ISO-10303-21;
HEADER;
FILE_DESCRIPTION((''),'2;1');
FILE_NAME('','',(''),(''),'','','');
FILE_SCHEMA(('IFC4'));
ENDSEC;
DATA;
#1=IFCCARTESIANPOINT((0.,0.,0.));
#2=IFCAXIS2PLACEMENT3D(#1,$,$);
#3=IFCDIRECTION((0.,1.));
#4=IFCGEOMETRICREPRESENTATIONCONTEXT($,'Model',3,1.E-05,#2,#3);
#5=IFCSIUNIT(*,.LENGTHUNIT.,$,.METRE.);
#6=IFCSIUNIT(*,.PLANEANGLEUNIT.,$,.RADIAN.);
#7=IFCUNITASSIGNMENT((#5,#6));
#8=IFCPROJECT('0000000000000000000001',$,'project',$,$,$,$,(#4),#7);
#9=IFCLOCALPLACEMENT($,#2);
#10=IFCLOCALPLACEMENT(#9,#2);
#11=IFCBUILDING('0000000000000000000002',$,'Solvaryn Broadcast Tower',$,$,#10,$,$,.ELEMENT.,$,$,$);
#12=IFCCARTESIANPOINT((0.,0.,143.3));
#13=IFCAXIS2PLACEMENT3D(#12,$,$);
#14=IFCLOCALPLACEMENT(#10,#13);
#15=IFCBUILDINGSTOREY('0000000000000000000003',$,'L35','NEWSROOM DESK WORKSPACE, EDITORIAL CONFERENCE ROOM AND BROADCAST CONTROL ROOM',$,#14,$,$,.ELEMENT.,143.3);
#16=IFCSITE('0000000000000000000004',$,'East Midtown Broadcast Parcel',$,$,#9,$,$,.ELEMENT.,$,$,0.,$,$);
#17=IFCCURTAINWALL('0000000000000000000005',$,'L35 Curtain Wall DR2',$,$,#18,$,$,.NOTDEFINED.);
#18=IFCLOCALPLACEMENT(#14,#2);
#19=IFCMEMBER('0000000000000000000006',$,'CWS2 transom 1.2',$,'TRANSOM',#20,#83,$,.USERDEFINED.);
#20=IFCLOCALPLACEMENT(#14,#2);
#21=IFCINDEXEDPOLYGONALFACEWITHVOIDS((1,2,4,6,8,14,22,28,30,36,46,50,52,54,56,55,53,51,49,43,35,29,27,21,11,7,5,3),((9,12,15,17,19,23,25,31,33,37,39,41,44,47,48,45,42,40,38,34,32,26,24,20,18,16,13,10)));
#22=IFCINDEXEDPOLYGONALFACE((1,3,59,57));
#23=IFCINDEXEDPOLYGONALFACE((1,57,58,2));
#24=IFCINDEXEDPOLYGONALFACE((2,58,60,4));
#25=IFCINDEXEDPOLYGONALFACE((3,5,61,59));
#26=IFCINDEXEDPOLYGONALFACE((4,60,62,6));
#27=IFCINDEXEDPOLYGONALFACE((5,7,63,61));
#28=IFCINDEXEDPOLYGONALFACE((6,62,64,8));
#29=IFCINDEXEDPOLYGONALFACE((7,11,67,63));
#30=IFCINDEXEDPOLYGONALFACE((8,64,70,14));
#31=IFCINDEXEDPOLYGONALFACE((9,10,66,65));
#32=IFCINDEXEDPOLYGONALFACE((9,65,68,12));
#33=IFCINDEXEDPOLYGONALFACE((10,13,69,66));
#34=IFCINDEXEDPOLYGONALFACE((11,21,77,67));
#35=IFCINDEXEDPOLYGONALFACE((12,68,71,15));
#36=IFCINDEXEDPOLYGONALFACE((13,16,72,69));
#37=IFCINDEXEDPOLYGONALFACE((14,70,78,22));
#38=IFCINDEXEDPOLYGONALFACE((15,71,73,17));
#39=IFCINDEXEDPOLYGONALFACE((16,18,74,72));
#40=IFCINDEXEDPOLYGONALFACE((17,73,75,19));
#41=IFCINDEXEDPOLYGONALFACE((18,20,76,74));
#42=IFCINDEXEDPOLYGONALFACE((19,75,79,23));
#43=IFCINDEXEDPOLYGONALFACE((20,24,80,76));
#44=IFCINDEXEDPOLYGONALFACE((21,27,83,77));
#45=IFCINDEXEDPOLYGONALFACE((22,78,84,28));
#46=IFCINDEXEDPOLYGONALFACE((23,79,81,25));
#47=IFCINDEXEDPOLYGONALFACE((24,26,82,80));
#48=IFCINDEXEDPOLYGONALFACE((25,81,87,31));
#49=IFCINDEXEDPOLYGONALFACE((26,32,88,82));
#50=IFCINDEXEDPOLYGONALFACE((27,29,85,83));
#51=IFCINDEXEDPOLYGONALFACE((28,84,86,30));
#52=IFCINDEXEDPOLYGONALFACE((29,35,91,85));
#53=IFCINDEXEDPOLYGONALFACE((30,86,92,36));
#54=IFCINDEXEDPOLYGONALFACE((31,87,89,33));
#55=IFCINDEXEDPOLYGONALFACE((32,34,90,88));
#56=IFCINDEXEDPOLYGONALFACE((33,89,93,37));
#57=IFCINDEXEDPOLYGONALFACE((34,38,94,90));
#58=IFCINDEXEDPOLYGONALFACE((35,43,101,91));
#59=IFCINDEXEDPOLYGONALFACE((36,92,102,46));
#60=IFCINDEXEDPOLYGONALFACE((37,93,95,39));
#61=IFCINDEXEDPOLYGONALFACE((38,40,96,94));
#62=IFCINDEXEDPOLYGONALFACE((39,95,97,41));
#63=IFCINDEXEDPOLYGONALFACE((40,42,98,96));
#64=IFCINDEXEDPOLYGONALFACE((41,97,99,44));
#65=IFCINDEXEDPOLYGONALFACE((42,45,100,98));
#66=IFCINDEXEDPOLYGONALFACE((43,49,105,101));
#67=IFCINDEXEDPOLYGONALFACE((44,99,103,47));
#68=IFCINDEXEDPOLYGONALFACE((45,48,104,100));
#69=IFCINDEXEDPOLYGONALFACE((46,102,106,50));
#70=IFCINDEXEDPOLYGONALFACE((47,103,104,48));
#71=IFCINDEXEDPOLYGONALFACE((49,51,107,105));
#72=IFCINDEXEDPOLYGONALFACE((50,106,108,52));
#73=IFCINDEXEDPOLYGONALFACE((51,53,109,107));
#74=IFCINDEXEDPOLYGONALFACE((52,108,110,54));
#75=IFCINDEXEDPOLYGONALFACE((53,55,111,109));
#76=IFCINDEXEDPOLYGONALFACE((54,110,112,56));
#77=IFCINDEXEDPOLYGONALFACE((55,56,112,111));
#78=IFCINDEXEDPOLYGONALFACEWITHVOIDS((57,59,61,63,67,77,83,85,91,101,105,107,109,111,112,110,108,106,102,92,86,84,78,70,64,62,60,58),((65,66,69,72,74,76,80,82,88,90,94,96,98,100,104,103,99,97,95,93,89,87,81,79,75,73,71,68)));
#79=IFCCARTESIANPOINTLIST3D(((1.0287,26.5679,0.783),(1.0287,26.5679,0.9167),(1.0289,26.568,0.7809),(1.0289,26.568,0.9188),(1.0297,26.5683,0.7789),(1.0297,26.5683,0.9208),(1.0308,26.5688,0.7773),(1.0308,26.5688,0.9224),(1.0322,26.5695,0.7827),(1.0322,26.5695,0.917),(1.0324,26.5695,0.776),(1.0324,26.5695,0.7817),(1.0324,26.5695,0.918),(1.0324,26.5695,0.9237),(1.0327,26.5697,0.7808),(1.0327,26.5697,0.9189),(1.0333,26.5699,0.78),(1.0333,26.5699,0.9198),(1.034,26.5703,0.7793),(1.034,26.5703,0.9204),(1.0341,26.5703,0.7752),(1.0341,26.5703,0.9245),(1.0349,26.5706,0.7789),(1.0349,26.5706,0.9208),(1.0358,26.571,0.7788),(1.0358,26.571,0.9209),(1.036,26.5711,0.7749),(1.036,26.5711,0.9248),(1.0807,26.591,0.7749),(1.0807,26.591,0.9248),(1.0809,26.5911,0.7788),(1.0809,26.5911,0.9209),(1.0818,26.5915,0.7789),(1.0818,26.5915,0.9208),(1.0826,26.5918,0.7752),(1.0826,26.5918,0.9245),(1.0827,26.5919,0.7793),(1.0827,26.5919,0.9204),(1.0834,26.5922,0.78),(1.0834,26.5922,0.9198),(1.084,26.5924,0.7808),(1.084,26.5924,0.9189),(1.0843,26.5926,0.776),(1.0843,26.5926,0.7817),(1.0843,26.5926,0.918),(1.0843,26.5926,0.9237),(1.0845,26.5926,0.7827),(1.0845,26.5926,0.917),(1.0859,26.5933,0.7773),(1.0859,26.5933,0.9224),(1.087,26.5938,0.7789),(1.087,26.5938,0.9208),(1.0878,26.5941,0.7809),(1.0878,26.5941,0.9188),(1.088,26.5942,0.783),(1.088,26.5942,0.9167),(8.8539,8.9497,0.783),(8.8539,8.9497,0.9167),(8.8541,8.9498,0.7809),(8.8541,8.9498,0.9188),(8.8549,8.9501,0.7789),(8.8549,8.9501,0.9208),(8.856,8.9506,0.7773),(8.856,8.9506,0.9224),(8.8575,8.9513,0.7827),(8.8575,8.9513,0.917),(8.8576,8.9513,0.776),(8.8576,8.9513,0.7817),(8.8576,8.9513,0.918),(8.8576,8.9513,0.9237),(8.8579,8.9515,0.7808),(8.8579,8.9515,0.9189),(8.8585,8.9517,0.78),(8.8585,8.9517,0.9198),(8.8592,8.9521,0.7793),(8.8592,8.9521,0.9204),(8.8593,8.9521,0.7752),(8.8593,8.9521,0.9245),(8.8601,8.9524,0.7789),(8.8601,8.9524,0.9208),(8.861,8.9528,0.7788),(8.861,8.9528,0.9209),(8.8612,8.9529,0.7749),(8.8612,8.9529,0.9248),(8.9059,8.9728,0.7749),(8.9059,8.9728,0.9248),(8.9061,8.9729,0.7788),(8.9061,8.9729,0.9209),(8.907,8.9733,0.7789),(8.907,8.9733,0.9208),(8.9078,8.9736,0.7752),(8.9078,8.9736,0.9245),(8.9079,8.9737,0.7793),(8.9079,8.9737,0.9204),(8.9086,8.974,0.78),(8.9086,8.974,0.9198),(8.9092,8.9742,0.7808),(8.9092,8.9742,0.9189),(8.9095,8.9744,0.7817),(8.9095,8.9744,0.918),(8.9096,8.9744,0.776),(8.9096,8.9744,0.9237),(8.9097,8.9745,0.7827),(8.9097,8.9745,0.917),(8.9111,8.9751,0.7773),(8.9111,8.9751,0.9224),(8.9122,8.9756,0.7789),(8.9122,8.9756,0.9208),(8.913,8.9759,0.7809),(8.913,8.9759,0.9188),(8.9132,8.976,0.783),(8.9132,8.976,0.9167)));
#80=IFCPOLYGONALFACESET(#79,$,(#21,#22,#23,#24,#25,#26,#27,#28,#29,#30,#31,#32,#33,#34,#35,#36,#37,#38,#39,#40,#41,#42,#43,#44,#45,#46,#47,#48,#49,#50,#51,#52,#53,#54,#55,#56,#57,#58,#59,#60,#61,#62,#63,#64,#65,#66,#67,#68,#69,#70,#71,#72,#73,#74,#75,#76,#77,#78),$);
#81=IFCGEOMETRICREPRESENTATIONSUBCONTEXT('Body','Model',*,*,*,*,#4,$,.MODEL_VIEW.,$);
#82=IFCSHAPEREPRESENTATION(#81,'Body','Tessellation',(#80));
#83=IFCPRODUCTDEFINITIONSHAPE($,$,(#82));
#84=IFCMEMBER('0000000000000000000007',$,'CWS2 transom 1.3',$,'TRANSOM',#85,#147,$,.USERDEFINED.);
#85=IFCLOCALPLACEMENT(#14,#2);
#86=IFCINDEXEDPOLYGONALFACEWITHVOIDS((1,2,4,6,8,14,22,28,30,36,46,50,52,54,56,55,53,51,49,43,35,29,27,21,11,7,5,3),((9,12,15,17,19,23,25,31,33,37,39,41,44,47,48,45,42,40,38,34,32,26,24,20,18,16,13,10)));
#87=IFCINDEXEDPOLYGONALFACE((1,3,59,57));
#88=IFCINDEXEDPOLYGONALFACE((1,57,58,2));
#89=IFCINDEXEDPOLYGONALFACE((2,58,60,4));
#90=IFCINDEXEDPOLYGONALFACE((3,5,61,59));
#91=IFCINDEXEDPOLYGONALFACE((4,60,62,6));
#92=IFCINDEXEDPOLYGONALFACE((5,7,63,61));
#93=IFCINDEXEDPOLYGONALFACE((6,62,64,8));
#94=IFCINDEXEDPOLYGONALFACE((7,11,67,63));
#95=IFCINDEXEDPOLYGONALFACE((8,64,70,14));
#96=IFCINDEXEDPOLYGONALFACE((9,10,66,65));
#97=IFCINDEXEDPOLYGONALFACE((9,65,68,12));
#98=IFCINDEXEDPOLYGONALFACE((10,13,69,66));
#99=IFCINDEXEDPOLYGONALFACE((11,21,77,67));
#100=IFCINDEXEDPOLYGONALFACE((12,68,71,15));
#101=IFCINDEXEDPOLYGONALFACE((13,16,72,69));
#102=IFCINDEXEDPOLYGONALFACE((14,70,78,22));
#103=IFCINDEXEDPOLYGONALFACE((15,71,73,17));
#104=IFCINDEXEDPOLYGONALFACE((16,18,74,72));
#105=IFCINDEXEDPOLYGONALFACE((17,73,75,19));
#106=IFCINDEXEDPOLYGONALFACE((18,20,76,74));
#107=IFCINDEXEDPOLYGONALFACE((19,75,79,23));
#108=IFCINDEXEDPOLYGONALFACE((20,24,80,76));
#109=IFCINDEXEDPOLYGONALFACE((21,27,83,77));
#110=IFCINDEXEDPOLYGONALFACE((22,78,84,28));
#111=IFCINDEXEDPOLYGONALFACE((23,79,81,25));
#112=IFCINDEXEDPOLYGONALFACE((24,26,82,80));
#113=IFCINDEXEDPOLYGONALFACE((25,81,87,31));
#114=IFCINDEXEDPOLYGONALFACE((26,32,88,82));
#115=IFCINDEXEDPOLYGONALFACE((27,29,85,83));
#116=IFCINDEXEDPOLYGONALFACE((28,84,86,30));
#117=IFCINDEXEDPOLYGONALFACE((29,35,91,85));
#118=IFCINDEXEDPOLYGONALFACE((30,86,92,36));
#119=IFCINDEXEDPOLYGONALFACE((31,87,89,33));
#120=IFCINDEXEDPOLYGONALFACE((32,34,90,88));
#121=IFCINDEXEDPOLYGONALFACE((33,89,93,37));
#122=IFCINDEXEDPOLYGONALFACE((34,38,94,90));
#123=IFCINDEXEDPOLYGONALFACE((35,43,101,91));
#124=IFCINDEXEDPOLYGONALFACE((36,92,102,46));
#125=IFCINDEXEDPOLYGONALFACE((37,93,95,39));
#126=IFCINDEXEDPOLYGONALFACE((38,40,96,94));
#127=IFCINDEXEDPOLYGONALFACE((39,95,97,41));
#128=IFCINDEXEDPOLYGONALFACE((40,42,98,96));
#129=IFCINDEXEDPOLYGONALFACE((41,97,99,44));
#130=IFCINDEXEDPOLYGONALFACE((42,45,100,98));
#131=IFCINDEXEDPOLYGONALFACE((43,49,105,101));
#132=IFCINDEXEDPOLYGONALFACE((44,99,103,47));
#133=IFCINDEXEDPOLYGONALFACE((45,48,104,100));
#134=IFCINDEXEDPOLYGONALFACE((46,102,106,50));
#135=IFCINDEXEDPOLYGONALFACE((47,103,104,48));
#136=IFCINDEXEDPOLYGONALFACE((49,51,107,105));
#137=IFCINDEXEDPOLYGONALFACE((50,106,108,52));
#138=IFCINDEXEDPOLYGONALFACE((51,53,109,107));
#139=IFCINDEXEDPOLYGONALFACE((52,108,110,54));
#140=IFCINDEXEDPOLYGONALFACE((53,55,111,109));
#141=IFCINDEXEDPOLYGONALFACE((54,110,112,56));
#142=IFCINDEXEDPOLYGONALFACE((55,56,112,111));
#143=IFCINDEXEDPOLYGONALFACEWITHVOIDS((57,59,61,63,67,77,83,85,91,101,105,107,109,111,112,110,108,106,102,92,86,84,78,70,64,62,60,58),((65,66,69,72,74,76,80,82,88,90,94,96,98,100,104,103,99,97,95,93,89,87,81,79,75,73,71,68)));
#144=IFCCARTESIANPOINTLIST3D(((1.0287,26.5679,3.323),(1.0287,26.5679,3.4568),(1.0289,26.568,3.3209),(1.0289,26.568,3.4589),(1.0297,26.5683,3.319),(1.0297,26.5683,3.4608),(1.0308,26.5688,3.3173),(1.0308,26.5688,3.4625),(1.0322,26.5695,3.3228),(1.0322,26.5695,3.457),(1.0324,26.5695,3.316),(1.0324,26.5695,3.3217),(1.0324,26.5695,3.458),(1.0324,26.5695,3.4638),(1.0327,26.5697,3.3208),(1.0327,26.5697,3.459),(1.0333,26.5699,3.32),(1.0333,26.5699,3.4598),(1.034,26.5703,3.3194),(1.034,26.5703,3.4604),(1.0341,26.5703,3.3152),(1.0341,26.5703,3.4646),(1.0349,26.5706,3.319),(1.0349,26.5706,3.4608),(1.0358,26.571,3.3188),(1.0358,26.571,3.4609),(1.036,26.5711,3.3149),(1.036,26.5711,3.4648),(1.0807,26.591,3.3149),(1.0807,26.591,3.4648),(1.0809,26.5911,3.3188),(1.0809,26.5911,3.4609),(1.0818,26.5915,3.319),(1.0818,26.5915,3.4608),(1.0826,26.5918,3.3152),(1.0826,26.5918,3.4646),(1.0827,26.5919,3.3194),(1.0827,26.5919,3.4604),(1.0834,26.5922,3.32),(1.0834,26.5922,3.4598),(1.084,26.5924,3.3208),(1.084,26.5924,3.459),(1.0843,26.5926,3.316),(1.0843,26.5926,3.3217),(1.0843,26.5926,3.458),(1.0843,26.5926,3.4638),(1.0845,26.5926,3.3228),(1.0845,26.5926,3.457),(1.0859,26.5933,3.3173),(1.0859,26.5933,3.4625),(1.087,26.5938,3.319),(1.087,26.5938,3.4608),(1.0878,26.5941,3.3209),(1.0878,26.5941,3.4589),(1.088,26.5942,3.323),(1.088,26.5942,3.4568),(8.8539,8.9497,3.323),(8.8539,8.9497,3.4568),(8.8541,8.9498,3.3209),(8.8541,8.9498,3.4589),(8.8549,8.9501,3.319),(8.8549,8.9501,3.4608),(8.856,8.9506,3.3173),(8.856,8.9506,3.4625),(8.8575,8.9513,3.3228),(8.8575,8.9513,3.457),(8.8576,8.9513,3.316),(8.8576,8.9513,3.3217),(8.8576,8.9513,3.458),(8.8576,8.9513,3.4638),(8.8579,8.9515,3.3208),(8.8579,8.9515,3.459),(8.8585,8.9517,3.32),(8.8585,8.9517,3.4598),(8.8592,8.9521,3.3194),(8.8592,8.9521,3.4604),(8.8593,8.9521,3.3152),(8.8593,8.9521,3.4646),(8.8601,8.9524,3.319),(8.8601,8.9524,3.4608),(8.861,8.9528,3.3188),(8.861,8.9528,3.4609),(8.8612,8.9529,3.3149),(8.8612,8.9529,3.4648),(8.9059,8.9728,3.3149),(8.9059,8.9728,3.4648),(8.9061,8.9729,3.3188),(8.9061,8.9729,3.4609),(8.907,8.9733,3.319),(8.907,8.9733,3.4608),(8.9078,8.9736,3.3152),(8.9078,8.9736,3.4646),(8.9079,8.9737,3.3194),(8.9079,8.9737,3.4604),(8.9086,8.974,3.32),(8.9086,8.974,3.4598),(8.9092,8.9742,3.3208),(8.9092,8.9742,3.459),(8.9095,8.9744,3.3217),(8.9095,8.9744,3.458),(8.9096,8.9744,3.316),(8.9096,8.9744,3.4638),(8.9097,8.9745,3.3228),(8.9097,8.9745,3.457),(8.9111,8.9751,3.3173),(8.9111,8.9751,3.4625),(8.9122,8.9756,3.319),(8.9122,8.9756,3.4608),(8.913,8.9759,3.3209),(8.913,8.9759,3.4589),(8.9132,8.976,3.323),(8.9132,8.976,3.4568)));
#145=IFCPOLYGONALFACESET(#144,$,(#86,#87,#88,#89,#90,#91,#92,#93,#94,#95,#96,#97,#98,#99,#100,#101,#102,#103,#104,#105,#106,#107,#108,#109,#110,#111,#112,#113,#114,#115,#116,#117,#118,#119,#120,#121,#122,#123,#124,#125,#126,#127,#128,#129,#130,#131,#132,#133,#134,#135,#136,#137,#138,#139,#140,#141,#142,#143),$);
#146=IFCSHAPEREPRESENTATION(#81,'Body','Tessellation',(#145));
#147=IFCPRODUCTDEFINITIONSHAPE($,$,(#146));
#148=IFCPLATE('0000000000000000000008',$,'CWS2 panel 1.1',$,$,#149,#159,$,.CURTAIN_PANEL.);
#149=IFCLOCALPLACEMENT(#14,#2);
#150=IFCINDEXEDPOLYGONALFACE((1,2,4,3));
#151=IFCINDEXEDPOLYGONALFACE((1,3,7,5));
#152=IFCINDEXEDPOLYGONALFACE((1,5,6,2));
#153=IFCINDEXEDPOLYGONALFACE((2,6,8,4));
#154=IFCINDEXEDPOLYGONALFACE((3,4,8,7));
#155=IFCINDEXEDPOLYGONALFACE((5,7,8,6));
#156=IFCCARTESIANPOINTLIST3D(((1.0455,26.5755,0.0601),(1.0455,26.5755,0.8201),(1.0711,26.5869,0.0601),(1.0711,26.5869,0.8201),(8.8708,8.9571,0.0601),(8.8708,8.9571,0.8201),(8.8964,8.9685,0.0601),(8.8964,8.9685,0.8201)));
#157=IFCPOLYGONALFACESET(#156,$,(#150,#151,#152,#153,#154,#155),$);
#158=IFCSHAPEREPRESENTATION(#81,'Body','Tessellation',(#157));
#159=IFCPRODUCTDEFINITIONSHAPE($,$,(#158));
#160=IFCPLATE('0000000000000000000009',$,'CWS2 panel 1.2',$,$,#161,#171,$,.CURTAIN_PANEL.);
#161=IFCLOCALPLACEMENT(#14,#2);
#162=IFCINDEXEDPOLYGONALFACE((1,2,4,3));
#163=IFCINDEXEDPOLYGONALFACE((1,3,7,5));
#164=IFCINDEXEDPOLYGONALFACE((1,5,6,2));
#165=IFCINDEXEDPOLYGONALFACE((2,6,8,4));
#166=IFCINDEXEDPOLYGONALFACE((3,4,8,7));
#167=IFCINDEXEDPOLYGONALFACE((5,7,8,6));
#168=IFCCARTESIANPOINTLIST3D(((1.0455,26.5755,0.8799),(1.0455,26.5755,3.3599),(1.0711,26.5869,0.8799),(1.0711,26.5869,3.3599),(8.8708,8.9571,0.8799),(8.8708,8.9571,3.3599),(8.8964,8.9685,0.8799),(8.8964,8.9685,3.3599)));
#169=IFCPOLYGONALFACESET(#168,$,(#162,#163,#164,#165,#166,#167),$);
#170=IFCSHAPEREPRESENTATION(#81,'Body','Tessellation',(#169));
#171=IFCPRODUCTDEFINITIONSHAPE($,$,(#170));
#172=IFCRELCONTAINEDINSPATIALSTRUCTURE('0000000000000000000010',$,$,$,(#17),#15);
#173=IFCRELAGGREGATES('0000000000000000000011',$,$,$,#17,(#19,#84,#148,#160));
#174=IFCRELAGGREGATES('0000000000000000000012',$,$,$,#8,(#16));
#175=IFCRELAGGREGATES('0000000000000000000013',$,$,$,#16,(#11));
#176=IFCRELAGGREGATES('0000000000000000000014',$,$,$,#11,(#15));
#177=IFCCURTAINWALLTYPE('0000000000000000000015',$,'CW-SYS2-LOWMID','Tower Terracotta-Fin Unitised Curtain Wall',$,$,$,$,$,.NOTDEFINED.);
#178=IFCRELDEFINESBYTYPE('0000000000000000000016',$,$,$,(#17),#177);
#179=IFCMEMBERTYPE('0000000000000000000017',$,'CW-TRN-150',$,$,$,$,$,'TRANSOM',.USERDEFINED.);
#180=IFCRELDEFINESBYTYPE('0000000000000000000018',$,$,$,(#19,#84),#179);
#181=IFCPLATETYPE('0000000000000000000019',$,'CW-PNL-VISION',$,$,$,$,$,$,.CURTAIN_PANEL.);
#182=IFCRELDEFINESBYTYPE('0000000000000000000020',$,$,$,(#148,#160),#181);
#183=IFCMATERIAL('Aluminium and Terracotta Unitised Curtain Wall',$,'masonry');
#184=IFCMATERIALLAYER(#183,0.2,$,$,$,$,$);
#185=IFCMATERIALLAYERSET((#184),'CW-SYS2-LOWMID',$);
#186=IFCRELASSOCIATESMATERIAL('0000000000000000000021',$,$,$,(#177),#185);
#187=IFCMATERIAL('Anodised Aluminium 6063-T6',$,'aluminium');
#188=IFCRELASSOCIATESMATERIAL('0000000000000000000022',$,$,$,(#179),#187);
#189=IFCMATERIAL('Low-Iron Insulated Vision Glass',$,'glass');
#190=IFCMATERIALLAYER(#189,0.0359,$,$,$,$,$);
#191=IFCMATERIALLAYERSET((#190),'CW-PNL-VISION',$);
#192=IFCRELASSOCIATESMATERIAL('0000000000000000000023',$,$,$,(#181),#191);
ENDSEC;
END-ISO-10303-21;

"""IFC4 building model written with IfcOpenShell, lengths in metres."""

from ifc_helpers import new_model, si_unit, direction, frame, origin, origin_2d, place, context, subcontext, project, spatial, rectangle, hollow_rectangle, extrude, material, layer, layer_set, material_profile, profile_set, type_object, element, aggregate, save


model = new_model("IFC4")

# Units and contexts
model_context = context("Model", 3, precision=1e-05, world=origin(), true_north=direction((0.0, 1.0)))
body_context = subcontext(model_context, "Body", "Model", "MODEL_VIEW")
ifc_project = project(units=[si_unit("LENGTHUNIT", "METRE"), si_unit("PLANEANGLEUNIT", "RADIAN")], contexts=[model_context])

# Site, building, storey
site_placement = place(None, origin())
site = spatial("IfcSite", under=ifc_project, at=site_placement, Name="East Midtown Broadcast Parcel", CompositionType="ELEMENT", RefElevation=0.0)
building_placement = place(site_placement, origin())
building = spatial("IfcBuilding", under=site, at=building_placement, Name="Solvaryn Broadcast Tower", CompositionType="ELEMENT")
storey_placement = place(building_placement, frame((0.0, 0.0, 143.3)))
storey = spatial("IfcBuildingStorey", under=building, at=storey_placement, Name="L35", Description="NEWSROOM DESK WORKSPACE, EDITORIAL CONFERENCE ROOM AND BROADCAST CONTROL ROOM", CompositionType="ELEMENT", Elevation=143.3)

# Shared definitions
ifc_material_1 = material(Name="Aluminium and Terracotta Unitised Curtain Wall", Category="masonry")
ifc_layer_1 = layer(ifc_material_1, 0.2)
ifc_layer_set_1 = layer_set([ifc_layer_1], Name="CW-SYS2-LOWMID")
curtain_wall_type = type_object("IfcCurtainWallType", Name="CW-SYS2-LOWMID", Description="Tower Terracotta-Fin Unitised Curtain Wall", PredefinedType="NOTDEFINED", material=ifc_layer_set_1)

# Curtain wall, members, plates
curtain_wall_1_placement = place(storey_placement, origin())
curtain_wall_1 = element("IfcCurtainWall", 1, at=curtain_wall_1_placement, inside=storey, type_object=curtain_wall_type, Name="L35 Curtain Wall DR2", PredefinedType="NOTDEFINED")
ifc_material_2 = material(Name="Anodised Aluminium 6063-T6", Category="aluminium")
ifc_material_profile_1 = material_profile(ifc_material_2, hollow_rectangle(XDim=0.0649, YDim=0.1499, WallThickness=0.0039, InnerFilletRadius=0.0039, OuterFilletRadius=0.0081, at=origin_2d()))
ifc_profile_set_1 = profile_set([ifc_material_profile_1], Name="Anodised Aluminium 6063-T6")
member_type_1 = type_object("IfcMemberType", Name="CW-TRN-150", ElementType="TRANSOM", PredefinedType="USERDEFINED", material=ifc_profile_set_1)
member_1_placement = place(storey_placement, frame((1.0583, 26.5811, 0.8499), z_axis=(0.405918, -0.91391, 0.0), x_axis=(0.91391, 0.405918, 0.0)))
member_1 = element("IfcMember", 2, at=member_1_placement, type_object=member_type_1, Name="CWS2 transom 1.2", ObjectType="TRANSOM", PredefinedType="USERDEFINED", context=body_context, shape_type="SweptSolid", body=[
    extrude(hollow_rectangle(XDim=0.0649, YDim=0.1499, WallThickness=0.0039, InnerFilletRadius=0.0039, OuterFilletRadius=0.0081, at=origin_2d()), origin(), (0.0, 0.0, 1.0), 19.2778),
])
member_2_placement = place(storey_placement, frame((1.0583, 26.5811, 3.3899), z_axis=(0.405918, -0.91391, 0.0), x_axis=(0.91391, 0.405918, 0.0)))
member_2 = element("IfcMember", 3, at=member_2_placement, type_object=member_type_1, Name="CWS2 transom 1.3", ObjectType="TRANSOM", PredefinedType="USERDEFINED", context=body_context, shape_type="SweptSolid", body=[
    extrude(hollow_rectangle(XDim=0.0649, YDim=0.1499, WallThickness=0.0039, InnerFilletRadius=0.0039, OuterFilletRadius=0.0081, at=origin_2d()), origin(), (0.0, 0.0, 1.0), 19.2778),
])
ifc_material_3 = material(Name="Low-Iron Insulated Vision Glass", Category="glass")
ifc_layer_2 = layer(ifc_material_3, 0.0359)
ifc_layer_set_2 = layer_set([ifc_layer_2], Name="CW-PNL-VISION")
plate_type = type_object("IfcPlateType", Name="CW-PNL-VISION", PredefinedType="CURTAIN_PANEL", material=ifc_layer_set_2)
plate_1_placement = place(storey_placement, frame((4.9709, 17.772, 0.0601), z_axis=(0.0, 0.0, 1.0), x_axis=(0.405918, -0.913909, 0.0)))
plate_1 = element("IfcPlate", 4, at=plate_1_placement, type_object=plate_type, Name="CWS2 panel 1.1", PredefinedType="CURTAIN_PANEL", context=body_context, shape_type="SweptSolid", body=[
    extrude(rectangle(XDim=19.2781, YDim=0.0281, at=origin_2d()), origin(), (0.0, 0.0, 1.0), 0.76),
])
plate_2_placement = place(storey_placement, frame((4.9709, 17.772, 0.8799), z_axis=(0.0, 0.0, 1.0), x_axis=(0.405918, -0.913909, 0.0)))
plate_2 = element("IfcPlate", 5, at=plate_2_placement, type_object=plate_type, Name="CWS2 panel 1.2", PredefinedType="CURTAIN_PANEL", context=body_context, shape_type="SweptSolid", body=[
    extrude(rectangle(XDim=19.2781, YDim=0.0281, at=origin_2d()), origin(), (0.0, 0.0, 1.0), 2.48),
])
aggregate(curtain_wall_1, [member_1, member_2, plate_1, plate_2])

save(model, "model.ifc")
